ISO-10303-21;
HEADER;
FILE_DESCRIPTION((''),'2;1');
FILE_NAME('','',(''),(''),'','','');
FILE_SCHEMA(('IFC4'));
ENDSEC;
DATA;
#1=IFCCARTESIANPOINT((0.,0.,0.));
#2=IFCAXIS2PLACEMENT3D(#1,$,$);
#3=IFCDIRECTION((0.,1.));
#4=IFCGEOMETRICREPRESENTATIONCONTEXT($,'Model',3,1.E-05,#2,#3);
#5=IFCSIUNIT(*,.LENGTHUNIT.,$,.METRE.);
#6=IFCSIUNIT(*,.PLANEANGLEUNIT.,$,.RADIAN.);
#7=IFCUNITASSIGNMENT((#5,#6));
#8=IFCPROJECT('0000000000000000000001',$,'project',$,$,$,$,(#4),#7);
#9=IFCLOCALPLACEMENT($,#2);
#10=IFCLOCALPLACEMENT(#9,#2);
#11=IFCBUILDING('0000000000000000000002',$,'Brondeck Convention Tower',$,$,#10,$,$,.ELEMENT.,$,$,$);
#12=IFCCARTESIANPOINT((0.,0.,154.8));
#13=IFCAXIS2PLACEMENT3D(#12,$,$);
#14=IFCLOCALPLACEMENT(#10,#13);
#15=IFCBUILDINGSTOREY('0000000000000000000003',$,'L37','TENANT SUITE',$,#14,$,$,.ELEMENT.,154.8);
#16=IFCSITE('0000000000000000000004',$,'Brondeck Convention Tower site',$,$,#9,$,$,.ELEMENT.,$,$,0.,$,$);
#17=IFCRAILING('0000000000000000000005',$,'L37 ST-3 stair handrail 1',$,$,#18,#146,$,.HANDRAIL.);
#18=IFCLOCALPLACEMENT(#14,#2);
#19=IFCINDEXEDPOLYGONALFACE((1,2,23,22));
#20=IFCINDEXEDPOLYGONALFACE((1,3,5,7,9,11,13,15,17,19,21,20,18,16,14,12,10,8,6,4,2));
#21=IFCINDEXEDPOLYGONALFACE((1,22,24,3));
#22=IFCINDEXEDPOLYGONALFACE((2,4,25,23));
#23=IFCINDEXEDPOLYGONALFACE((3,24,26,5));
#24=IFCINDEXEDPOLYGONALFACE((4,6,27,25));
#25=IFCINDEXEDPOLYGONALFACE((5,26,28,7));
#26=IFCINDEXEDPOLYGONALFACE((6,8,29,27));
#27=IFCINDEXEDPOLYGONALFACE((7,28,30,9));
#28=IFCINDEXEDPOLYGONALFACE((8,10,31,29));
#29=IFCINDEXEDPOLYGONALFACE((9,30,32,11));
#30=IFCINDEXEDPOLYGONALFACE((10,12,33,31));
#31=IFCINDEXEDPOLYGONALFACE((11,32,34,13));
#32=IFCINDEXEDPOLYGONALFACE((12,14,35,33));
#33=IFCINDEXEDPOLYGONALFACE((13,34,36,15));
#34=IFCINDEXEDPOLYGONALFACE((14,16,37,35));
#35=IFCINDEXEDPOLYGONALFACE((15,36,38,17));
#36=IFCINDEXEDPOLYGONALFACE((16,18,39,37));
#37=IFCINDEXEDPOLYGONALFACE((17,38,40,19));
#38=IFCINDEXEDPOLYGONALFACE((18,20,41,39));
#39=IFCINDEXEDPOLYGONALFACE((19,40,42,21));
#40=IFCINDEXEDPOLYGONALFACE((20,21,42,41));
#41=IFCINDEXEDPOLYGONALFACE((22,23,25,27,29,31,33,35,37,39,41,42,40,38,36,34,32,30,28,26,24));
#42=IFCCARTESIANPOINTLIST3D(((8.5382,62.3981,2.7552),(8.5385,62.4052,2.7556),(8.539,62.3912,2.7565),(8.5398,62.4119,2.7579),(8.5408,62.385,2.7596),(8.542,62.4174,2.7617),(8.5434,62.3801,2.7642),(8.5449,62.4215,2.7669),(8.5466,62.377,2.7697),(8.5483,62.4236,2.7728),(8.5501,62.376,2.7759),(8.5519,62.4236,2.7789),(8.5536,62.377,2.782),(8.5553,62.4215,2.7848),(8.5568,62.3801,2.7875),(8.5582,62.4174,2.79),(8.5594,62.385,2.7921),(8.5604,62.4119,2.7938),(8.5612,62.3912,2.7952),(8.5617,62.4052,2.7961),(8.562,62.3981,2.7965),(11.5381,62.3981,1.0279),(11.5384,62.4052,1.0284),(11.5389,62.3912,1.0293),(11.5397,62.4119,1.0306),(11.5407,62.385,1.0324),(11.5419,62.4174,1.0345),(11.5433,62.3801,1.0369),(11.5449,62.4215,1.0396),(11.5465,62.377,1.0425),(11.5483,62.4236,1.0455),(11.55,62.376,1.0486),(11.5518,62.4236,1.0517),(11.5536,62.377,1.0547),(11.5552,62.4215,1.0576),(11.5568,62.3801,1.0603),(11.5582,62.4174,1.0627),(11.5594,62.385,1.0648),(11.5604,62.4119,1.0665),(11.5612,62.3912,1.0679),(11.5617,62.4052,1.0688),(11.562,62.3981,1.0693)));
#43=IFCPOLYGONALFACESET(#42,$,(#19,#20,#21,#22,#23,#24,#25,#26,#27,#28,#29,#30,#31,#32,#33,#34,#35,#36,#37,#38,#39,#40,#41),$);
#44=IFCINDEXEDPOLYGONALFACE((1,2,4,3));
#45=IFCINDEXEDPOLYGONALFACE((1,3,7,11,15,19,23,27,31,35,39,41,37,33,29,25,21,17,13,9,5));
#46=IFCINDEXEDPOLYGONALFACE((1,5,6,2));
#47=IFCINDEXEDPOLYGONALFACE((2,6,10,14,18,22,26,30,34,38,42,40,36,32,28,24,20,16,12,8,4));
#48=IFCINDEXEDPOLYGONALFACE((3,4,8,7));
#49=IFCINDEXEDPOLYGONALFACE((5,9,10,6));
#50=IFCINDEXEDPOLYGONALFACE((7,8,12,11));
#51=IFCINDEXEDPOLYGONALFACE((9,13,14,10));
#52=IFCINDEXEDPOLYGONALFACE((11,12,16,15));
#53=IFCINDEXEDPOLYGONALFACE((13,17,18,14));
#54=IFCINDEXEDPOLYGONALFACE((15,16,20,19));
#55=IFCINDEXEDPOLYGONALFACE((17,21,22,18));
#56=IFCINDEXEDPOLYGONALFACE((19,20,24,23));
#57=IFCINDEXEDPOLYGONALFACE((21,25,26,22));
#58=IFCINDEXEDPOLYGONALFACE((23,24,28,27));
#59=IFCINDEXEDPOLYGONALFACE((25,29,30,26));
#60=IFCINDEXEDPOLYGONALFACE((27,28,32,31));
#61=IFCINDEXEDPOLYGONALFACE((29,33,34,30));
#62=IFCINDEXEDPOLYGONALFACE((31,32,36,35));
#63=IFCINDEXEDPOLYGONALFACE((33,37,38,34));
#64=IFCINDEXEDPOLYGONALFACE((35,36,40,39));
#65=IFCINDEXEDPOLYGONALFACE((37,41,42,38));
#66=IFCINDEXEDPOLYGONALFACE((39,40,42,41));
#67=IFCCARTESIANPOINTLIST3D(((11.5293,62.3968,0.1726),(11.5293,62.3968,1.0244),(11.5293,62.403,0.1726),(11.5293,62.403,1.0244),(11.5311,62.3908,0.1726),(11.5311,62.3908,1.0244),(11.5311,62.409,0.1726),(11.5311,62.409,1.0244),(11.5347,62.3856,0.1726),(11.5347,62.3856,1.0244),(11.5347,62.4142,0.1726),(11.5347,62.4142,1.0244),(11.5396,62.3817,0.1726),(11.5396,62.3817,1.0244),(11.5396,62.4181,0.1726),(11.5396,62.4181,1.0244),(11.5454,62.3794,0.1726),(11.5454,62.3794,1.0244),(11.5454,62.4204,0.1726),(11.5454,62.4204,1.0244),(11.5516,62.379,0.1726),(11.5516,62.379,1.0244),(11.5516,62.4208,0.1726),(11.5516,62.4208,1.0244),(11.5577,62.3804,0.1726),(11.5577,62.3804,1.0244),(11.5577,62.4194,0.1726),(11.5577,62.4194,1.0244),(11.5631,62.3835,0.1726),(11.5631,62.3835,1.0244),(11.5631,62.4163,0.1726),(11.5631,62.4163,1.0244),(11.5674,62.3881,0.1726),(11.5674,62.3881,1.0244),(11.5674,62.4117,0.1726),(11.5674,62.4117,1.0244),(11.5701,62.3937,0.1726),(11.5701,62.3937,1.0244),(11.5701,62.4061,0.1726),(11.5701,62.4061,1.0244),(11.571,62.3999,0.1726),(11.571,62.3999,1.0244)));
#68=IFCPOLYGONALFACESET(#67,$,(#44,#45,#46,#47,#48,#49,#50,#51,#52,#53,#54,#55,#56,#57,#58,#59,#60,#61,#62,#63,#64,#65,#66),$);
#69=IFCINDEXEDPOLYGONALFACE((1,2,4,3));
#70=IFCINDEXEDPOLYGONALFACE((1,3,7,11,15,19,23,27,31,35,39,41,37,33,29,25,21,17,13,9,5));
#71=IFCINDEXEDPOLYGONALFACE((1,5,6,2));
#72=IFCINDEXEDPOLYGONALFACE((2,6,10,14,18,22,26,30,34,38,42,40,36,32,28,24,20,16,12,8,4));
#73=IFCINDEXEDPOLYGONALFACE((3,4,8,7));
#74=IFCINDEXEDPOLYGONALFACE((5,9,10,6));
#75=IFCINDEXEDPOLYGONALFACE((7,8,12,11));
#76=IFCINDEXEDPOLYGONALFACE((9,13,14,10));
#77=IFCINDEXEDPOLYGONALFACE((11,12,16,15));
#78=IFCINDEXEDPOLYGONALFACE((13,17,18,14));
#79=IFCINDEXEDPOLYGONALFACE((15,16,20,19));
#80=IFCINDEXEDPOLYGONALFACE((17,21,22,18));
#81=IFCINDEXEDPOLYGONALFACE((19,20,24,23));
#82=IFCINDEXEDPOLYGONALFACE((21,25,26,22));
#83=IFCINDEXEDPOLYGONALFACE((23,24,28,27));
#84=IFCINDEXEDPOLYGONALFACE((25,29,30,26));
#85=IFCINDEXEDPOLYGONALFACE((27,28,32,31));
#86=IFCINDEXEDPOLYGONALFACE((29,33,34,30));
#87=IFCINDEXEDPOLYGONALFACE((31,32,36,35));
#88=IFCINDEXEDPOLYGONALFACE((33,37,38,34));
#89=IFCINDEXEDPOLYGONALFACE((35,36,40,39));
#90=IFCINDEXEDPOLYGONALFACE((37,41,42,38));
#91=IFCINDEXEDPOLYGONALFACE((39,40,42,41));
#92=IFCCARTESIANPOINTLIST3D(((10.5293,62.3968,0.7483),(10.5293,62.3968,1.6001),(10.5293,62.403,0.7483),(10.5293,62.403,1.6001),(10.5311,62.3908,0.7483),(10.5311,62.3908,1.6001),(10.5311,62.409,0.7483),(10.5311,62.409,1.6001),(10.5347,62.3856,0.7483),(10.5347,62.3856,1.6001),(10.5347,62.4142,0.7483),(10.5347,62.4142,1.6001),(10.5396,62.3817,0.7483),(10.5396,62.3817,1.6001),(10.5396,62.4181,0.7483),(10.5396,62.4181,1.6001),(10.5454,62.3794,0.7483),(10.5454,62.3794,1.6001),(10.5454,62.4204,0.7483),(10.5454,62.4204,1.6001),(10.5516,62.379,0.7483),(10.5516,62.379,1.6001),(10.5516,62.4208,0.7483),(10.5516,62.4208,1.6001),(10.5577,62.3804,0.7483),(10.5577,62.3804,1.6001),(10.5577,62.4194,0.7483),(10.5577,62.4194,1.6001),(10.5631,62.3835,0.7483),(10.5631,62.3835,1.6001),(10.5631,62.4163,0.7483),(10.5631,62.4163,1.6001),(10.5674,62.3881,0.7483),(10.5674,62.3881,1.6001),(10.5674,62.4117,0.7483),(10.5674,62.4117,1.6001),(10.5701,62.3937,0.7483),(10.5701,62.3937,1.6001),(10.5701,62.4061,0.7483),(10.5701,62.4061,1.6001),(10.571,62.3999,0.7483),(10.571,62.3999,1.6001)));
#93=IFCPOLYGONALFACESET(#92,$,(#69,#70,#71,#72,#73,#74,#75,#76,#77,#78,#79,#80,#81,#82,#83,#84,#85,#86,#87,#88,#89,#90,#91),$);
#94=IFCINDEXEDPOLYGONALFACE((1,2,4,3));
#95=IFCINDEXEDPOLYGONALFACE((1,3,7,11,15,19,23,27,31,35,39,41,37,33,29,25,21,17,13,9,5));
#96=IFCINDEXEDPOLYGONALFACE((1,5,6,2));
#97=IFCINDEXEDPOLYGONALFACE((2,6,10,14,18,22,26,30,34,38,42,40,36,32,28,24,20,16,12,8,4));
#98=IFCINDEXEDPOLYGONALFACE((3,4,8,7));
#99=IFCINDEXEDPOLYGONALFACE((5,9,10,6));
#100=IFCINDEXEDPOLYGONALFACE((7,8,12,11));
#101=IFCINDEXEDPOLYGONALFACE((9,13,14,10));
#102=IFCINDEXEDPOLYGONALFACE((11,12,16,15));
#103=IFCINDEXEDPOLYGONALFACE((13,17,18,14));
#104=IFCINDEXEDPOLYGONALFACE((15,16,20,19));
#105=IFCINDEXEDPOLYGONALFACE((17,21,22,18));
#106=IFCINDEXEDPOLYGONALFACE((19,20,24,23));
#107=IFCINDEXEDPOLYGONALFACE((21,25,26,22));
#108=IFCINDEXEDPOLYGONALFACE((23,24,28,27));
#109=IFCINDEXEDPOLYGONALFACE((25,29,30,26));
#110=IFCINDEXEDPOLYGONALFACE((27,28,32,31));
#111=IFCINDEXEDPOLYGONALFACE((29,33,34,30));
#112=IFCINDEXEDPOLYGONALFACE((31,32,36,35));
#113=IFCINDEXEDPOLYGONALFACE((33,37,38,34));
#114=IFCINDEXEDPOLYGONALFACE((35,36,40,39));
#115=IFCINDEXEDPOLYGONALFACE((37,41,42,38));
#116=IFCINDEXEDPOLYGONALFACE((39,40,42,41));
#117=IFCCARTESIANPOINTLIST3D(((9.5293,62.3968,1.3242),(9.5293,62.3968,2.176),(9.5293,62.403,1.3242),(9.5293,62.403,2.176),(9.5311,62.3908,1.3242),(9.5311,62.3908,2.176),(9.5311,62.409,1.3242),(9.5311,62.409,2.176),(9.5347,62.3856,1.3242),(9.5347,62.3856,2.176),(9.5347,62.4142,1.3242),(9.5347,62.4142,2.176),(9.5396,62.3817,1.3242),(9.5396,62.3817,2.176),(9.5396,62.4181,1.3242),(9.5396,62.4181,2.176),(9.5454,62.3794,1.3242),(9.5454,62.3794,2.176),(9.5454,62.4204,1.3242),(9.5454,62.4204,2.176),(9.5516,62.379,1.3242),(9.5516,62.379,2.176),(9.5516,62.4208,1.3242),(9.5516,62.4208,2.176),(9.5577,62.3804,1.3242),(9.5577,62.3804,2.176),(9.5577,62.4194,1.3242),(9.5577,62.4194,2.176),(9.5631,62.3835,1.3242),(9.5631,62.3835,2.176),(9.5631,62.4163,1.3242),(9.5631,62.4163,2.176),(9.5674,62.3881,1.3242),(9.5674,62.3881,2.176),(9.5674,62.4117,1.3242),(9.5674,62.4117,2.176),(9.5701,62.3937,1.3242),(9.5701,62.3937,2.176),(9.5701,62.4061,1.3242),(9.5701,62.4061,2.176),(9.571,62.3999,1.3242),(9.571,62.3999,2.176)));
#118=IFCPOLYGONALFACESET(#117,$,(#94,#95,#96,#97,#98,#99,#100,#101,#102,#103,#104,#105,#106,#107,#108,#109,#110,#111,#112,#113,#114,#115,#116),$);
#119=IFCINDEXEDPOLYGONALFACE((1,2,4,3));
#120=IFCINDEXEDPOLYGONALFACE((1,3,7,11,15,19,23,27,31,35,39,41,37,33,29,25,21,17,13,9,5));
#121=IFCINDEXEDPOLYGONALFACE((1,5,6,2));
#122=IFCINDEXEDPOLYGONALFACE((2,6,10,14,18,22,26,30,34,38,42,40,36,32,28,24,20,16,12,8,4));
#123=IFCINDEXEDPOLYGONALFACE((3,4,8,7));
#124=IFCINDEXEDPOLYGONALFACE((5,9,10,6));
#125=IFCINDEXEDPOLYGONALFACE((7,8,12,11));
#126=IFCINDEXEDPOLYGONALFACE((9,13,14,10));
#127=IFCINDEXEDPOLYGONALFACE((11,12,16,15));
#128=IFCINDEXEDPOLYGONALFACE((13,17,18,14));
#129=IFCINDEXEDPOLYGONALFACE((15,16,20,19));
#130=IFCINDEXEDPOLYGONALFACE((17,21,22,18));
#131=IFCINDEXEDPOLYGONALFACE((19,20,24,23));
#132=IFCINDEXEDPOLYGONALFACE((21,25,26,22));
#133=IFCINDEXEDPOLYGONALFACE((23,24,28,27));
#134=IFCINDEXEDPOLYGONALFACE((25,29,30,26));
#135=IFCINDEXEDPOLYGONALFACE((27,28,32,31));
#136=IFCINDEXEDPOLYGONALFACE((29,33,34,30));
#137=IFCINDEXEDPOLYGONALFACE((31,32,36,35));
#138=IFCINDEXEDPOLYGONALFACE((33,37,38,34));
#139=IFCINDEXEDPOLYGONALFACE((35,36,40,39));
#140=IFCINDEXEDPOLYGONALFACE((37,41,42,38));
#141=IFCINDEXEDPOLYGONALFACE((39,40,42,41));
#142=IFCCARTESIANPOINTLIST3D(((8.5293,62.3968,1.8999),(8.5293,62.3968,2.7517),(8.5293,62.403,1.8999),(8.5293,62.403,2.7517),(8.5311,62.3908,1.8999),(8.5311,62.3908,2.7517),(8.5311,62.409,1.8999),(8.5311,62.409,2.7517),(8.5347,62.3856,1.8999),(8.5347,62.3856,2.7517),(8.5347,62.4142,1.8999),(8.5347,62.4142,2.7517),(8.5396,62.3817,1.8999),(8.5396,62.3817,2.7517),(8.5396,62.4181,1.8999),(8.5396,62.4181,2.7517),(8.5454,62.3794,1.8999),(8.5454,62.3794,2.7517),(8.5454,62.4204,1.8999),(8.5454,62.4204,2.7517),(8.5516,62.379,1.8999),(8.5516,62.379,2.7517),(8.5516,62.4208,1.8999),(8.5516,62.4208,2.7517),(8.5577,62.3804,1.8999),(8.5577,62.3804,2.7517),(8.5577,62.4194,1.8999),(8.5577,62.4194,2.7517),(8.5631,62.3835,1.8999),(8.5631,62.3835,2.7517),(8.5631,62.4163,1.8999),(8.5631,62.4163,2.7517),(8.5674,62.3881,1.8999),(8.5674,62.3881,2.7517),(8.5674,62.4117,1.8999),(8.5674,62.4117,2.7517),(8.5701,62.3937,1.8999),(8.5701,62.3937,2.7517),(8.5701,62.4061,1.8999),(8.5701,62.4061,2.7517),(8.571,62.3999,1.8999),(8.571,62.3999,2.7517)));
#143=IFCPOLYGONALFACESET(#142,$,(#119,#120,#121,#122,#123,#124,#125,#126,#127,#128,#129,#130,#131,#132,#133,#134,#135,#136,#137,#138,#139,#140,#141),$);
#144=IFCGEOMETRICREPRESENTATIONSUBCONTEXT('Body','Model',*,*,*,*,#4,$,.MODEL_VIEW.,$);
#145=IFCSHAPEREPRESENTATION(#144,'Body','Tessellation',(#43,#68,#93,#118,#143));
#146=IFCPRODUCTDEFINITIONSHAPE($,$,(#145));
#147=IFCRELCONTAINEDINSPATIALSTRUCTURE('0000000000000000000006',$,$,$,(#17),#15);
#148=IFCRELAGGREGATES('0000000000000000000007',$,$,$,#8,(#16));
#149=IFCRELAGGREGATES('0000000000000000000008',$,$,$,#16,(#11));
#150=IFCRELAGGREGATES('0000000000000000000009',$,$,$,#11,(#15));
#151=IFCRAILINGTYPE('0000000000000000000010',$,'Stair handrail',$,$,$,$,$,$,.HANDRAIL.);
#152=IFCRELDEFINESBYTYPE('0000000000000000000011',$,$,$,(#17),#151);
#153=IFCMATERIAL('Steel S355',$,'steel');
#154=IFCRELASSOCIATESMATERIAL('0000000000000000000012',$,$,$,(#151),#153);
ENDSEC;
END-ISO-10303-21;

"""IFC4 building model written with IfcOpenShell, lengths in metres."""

from ifc_helpers import new_model, si_unit, direction, frame, origin, origin_2d, place, context, subcontext, project, spatial, circle, extrude, material, type_object, element, save


model = new_model("IFC4")

# Units and contexts
model_context = context("Model", 3, precision=1e-05, world=origin(), true_north=direction((0.0, 1.0)))
body_context = subcontext(model_context, "Body", "Model", "MODEL_VIEW")
ifc_project = project(units=[si_unit("LENGTHUNIT", "METRE"), si_unit("PLANEANGLEUNIT", "RADIAN")], contexts=[model_context])

# Site, building, storey
site_placement = place(None, origin())
site = spatial("IfcSite", under=ifc_project, at=site_placement, Name="Brondeck Convention Tower site", CompositionType="ELEMENT", RefElevation=0.0)
building_placement = place(site_placement, origin())
building = spatial("IfcBuilding", under=site, at=building_placement, Name="Brondeck Convention Tower", CompositionType="ELEMENT")
storey_placement = place(building_placement, frame((0.0, 0.0, 154.8)))
storey = spatial("IfcBuildingStorey", under=building, at=storey_placement, Name="L37", Description="TENANT SUITE", CompositionType="ELEMENT", Elevation=154.8)

# Railing
ifc_material_1 = material(Name="Steel S355", Category="steel")
railing_type_1 = type_object("IfcRailingType", Name="Stair handrail", PredefinedType="HANDRAIL", material=ifc_material_1)
railing_1_placement = place(storey_placement, frame((11.55, 62.3999, 0.1726)))
element("IfcRailing", 1, at=railing_1_placement, inside=storey, type_object=railing_type_1, Name="L37 ST-3 stair handrail 1", PredefinedType="HANDRAIL", context=body_context, shape_type="SweptSolid", body=[
    extrude(circle(Radius=0.0239, at=origin_2d()), frame((0.0, 0.0, 0.876), z_axis=(-0.86662, 0.0, 0.498969), x_axis=(0.0, -1.0, 0.0)), (0.0, 0.0, 1.0), 3.4617),
    extrude(circle(Radius=0.021, at=origin_2d()), origin(), (0.0, 0.0, 1.0), 0.8518),
    extrude(circle(Radius=0.021, at=origin_2d()), frame((-1.0, 0.0, 0.5757)), (0.0, 0.0, 1.0), 0.8518),
    extrude(circle(Radius=0.021, at=origin_2d()), frame((-2.0, 0.0, 1.1516)), (0.0, 0.0, 1.0), 0.8518),
    extrude(circle(Radius=0.021, at=origin_2d()), frame((-3.0, 0.0, 1.7273)), (0.0, 0.0, 1.0), 0.8518),
])

save(model, "model.ifc")
